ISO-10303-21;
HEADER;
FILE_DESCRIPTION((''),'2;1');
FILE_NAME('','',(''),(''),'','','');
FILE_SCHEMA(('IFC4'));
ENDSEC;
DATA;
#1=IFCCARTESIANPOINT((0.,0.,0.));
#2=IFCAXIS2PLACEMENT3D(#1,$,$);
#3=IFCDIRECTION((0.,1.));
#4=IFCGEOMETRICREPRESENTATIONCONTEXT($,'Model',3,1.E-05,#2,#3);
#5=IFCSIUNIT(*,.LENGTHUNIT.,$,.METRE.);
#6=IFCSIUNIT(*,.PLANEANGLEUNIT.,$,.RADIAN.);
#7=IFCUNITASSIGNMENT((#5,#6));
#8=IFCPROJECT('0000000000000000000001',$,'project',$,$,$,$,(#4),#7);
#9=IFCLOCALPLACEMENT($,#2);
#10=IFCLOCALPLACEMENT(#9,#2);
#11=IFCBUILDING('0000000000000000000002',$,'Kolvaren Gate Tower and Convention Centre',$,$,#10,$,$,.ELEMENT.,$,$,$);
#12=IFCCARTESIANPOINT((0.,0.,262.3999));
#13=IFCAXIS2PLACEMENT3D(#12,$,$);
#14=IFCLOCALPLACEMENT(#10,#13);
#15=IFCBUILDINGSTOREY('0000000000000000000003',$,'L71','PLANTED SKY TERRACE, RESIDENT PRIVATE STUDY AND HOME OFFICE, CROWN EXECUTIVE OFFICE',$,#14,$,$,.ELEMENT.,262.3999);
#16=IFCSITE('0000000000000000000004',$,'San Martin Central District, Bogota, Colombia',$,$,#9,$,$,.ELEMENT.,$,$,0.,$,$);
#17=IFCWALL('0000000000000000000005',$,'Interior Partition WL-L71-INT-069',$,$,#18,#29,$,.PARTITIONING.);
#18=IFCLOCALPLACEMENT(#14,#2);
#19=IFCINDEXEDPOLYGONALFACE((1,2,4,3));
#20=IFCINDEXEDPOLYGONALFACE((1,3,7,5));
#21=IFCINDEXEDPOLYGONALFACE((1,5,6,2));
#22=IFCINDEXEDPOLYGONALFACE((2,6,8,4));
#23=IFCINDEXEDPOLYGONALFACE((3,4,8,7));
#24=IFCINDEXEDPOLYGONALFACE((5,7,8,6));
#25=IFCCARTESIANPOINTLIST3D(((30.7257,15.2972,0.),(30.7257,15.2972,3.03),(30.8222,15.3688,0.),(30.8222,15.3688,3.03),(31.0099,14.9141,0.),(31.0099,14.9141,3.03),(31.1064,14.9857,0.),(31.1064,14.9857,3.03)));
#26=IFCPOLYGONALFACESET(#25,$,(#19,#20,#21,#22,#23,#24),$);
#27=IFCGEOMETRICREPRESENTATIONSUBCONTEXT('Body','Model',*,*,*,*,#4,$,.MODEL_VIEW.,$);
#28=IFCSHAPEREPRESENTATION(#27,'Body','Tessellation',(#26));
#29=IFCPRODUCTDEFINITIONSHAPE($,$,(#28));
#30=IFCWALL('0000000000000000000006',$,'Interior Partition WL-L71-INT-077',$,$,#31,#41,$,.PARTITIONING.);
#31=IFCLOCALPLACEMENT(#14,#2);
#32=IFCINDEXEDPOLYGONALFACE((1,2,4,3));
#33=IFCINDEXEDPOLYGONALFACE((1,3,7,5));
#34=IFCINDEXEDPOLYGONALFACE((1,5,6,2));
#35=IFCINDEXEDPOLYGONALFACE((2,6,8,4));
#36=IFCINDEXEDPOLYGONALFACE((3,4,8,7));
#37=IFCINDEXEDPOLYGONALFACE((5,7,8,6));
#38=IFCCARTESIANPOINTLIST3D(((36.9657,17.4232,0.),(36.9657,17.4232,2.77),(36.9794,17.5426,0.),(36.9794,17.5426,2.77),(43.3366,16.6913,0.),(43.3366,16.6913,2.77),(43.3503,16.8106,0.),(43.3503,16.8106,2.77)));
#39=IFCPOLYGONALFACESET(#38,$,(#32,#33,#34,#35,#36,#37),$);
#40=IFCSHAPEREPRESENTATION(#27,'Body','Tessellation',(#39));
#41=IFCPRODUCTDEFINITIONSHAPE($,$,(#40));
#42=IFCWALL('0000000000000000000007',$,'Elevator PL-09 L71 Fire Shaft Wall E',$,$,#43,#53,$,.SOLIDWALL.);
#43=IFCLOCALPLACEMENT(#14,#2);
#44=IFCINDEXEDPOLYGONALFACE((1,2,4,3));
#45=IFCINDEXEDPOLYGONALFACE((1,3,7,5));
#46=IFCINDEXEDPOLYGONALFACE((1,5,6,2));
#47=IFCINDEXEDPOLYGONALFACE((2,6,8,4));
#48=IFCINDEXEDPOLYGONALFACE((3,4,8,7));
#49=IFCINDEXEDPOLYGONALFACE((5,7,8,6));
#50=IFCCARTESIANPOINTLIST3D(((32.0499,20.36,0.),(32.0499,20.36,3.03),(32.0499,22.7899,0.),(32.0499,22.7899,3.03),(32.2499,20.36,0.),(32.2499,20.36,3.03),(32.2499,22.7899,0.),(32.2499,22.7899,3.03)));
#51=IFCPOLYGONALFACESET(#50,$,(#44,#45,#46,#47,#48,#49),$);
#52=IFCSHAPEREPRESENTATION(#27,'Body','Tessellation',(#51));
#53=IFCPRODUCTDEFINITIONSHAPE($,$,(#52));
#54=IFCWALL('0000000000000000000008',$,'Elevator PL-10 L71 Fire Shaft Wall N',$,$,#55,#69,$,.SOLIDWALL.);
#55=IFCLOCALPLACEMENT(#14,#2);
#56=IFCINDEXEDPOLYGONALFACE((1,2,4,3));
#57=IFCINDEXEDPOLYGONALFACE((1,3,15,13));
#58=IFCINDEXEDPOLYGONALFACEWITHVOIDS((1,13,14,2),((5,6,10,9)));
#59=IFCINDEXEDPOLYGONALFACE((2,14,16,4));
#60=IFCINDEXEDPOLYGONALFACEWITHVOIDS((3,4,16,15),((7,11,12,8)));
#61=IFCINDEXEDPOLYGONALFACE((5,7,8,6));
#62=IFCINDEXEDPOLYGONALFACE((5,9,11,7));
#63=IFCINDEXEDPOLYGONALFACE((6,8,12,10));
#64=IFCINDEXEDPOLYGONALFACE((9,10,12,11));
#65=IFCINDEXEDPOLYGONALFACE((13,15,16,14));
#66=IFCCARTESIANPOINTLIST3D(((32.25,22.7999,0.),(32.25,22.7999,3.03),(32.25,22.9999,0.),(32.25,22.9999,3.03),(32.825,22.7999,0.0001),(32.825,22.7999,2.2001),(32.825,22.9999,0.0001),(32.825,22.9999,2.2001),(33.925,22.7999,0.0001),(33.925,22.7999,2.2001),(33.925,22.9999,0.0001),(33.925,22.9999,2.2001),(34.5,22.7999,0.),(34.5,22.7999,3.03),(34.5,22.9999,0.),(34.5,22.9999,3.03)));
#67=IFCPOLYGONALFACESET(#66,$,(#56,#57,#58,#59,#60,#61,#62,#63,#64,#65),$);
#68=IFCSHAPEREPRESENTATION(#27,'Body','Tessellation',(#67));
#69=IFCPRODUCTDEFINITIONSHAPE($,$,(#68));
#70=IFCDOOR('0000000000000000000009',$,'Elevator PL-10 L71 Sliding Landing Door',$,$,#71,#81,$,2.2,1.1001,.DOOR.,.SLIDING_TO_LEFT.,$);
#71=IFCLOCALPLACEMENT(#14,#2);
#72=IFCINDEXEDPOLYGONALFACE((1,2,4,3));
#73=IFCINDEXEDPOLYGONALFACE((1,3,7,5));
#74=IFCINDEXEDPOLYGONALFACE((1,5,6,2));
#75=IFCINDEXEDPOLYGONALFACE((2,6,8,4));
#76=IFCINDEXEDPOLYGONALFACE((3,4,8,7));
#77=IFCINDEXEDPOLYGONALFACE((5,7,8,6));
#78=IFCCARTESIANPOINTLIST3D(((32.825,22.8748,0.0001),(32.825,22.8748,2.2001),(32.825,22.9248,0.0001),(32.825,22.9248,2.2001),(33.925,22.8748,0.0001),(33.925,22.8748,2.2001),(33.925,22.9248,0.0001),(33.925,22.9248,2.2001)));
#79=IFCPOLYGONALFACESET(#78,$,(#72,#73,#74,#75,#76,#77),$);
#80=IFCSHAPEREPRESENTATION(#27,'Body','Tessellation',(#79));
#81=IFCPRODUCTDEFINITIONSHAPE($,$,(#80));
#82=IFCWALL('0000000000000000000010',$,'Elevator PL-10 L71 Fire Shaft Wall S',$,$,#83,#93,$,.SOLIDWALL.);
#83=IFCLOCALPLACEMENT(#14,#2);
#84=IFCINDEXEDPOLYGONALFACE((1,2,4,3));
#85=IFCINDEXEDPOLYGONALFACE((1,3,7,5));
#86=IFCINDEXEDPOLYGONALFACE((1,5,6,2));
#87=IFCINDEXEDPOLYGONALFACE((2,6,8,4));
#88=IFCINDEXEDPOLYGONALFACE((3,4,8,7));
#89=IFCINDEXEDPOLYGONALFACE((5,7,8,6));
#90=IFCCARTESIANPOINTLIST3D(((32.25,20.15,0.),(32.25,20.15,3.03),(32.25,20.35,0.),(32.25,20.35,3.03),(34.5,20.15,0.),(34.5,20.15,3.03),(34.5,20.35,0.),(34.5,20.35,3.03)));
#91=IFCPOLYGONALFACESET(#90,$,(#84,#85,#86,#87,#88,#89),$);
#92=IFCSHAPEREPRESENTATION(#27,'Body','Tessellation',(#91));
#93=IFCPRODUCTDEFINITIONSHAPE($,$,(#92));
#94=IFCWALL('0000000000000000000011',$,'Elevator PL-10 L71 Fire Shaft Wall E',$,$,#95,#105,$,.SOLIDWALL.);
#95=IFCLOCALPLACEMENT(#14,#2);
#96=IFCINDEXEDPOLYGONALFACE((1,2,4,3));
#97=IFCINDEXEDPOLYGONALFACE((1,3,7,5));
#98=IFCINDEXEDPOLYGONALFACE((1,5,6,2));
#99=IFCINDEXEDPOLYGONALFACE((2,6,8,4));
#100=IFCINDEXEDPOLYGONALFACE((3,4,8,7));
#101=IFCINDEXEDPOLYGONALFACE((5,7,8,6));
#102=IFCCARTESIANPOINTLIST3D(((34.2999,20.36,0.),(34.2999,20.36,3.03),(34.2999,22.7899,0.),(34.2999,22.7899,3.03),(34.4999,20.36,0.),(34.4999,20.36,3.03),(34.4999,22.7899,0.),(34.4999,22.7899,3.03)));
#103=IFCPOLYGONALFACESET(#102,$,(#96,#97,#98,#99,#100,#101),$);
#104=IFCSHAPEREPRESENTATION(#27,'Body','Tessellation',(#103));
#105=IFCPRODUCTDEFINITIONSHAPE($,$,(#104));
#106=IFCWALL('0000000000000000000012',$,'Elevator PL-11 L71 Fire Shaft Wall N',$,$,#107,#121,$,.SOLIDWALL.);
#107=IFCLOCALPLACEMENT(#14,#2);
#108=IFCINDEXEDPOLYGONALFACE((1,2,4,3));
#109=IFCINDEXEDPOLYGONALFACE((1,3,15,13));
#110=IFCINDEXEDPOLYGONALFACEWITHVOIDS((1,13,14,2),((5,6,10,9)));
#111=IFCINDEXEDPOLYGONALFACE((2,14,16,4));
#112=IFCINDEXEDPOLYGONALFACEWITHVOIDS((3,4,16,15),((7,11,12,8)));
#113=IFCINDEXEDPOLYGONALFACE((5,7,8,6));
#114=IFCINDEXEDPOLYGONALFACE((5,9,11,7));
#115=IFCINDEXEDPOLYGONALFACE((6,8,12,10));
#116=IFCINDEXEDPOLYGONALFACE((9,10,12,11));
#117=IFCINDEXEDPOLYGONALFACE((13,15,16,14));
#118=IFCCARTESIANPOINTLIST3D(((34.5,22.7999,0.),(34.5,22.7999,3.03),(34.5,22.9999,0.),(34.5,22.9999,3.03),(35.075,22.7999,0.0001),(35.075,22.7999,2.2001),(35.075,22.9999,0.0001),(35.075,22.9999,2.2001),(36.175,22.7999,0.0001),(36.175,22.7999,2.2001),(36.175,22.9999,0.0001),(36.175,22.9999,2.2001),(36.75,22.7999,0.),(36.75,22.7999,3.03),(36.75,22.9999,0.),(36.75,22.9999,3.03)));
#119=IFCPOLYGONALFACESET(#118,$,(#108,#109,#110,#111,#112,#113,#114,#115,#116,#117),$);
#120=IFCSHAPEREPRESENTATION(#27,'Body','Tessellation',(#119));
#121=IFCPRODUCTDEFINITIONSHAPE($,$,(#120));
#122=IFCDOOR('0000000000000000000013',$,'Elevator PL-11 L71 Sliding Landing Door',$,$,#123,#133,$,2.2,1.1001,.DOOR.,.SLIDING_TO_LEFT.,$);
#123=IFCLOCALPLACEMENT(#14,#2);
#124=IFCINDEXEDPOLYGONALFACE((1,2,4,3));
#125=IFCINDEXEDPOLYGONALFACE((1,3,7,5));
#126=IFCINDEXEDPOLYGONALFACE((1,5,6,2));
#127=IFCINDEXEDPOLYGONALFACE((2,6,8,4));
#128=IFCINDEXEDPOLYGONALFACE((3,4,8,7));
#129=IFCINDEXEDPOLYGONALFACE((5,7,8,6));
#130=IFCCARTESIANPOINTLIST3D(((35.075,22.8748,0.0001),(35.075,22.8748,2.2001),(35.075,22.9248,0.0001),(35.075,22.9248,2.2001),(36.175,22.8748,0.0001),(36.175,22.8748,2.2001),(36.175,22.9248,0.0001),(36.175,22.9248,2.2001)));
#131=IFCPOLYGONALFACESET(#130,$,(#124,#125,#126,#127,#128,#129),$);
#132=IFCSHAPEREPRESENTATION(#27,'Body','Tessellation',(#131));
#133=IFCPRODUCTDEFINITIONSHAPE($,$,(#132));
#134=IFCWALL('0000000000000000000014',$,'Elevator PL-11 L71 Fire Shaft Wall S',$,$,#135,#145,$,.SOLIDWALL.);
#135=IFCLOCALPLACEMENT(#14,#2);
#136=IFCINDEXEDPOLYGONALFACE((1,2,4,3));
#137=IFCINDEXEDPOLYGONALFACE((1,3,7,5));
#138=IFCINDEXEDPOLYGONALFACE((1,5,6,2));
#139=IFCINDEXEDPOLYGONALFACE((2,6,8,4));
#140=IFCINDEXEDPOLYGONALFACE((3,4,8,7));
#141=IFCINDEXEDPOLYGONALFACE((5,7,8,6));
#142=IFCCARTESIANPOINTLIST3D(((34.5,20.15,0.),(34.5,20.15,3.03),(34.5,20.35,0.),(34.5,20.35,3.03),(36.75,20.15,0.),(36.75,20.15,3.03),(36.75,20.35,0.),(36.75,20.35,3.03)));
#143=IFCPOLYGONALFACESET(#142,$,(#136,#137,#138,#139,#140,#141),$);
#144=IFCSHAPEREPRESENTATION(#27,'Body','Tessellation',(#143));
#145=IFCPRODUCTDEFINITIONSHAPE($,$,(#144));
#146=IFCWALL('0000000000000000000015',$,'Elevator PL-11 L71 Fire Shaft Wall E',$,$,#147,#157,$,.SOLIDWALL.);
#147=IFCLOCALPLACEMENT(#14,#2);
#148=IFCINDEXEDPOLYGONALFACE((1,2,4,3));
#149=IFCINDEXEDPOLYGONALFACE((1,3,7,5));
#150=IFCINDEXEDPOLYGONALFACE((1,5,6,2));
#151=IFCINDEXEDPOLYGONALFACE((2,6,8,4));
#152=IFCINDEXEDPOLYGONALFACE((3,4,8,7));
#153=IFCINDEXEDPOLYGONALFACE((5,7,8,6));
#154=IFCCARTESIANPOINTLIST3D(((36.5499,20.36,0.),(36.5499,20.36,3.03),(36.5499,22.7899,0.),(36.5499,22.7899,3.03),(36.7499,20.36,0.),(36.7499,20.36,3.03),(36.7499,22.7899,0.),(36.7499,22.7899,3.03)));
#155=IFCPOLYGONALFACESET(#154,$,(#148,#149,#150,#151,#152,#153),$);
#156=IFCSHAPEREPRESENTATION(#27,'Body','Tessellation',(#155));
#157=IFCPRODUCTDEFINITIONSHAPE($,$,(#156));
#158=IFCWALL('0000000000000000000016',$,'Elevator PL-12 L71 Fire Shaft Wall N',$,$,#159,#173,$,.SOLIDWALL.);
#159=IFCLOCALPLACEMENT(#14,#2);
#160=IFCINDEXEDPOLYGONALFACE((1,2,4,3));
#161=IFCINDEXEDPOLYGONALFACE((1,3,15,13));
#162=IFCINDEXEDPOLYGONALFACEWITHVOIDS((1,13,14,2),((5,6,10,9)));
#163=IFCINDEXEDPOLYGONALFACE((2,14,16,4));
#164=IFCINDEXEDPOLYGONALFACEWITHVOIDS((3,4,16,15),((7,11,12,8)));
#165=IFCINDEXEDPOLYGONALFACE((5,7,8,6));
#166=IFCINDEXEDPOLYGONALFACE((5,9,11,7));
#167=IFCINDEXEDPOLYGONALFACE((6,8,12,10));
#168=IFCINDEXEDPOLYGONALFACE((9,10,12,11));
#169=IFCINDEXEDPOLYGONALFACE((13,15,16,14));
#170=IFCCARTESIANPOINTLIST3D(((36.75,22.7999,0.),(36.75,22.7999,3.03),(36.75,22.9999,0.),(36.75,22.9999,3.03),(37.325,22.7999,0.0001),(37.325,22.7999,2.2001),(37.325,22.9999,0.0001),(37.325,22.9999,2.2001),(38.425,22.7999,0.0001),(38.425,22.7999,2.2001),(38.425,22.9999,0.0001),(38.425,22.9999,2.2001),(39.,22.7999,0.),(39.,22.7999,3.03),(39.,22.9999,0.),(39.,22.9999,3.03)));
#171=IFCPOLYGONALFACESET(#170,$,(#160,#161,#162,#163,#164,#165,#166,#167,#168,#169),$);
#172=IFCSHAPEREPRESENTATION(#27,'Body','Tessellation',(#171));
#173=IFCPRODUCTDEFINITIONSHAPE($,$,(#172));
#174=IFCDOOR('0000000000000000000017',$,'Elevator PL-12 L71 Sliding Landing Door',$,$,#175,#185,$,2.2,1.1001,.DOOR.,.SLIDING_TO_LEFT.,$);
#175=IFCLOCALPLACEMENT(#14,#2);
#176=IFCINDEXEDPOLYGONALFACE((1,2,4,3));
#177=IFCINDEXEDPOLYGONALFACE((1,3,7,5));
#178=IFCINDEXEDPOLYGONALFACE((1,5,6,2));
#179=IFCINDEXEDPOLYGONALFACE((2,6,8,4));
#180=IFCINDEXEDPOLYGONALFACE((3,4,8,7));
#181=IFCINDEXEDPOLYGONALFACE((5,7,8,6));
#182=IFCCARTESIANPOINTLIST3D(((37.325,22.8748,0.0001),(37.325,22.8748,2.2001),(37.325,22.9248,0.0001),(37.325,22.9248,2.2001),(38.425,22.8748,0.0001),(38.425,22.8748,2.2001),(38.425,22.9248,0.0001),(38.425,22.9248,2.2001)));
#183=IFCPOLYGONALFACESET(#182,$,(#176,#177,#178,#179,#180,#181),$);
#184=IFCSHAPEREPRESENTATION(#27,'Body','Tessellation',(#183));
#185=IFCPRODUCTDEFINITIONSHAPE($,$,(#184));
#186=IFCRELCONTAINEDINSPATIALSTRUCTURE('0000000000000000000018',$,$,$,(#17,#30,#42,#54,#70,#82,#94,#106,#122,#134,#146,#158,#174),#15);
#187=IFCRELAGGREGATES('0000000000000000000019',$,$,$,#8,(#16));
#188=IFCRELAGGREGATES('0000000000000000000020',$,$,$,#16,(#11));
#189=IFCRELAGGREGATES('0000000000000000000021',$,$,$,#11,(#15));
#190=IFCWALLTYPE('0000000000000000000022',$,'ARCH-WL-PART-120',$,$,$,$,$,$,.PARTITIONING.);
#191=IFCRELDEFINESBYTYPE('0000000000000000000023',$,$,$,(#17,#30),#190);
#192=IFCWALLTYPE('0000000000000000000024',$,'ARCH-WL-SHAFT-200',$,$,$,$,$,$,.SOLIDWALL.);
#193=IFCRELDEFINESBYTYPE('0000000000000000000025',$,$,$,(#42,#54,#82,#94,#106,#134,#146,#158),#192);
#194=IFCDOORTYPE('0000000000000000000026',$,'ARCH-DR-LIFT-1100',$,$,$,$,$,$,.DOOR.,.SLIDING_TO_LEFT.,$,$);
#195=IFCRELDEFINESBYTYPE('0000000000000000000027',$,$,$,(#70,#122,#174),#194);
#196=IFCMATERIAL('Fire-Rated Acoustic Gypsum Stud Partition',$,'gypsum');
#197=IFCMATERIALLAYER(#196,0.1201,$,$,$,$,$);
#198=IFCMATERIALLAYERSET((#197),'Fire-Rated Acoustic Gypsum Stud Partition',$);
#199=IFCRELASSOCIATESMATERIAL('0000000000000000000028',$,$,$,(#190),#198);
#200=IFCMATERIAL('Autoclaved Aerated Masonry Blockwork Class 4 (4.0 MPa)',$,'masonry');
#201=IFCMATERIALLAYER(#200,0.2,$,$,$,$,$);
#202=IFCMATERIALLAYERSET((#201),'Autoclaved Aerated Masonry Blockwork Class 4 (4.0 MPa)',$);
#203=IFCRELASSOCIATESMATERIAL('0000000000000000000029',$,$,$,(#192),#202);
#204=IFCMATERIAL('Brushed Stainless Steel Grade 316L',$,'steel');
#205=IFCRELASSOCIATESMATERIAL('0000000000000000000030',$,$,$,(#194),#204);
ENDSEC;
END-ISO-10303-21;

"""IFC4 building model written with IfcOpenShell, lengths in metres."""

from ifc_helpers import new_model, si_unit, direction, frame, frame_2d, origin, place, context, subcontext, project, spatial, rectangle, extrude, material, layer, layer_set, type_object, element, fill, save


model = new_model("IFC4")

# Units and contexts
model_context = context("Model", 3, precision=1e-05, world=origin(), true_north=direction((0.0, 1.0)))
body_context = subcontext(model_context, "Body", "Model", "MODEL_VIEW")
ifc_project = project(units=[si_unit("LENGTHUNIT", "METRE"), si_unit("PLANEANGLEUNIT", "RADIAN")], contexts=[model_context])

# Site, building, storey
site_placement = place(None, origin())
site = spatial("IfcSite", under=ifc_project, at=site_placement, Name="San Martin Central District, Bogota, Colombia", CompositionType="ELEMENT", RefElevation=0.0)
building_placement = place(site_placement, origin())
building = spatial("IfcBuilding", under=site, at=building_placement, Name="Kolvaren Gate Tower and Convention Centre", CompositionType="ELEMENT")
storey_placement = place(building_placement, frame((0.0, 0.0, 262.3999)))
storey = spatial("IfcBuildingStorey", under=building, at=storey_placement, Name="L71", Description="PLANTED SKY TERRACE, RESIDENT PRIVATE STUDY AND HOME OFFICE, CROWN EXECUTIVE OFFICE", CompositionType="ELEMENT", Elevation=262.3999)

# Walls
ifc_material_1 = material(Name="Fire-Rated Acoustic Gypsum Stud Partition", Category="gypsum")
ifc_layer_1 = layer(ifc_material_1, 0.1201)
ifc_layer_set_1 = layer_set([ifc_layer_1], Name="Fire-Rated Acoustic Gypsum Stud Partition")
wall_type_1 = type_object("IfcWallType", Name="ARCH-WL-PART-120", PredefinedType="PARTITIONING", material=ifc_layer_set_1)
wall_1_placement = place(storey_placement, frame((30.7739, 15.333, 0.0), z_axis=(0.0, 0.0, 1.0), x_axis=(0.595815, -0.803122, 0.0)))
element("IfcWall", 1, at=wall_1_placement, inside=storey, type_object=wall_type_1, Name="Interior Partition WL-L71-INT-069", PredefinedType="PARTITIONING", context=body_context, shape_type="SweptSolid", body=[
    extrude(rectangle(XDim=0.4771, YDim=0.1201, at=frame_2d((0.2385, 0.0))), origin(), (0.0, 0.0, 1.0), 3.03),
])
wall_2_placement = place(storey_placement, frame((36.9724, 17.4829, 0.0), z_axis=(0.0, 0.0, 1.0), x_axis=(0.993465, -0.114137, 0.0)))
element("IfcWall", 2, at=wall_2_placement, inside=storey, type_object=wall_type_1, Name="Interior Partition WL-L71-INT-077", PredefinedType="PARTITIONING", context=body_context, shape_type="SweptSolid", body=[
    extrude(rectangle(XDim=6.4128, YDim=0.1201, at=frame_2d((3.2065, 0.0))), origin(), (0.0, 0.0, 1.0), 2.77),
])
ifc_material_2 = material(Name="Autoclaved Aerated Masonry Blockwork Class 4 (4.0 MPa)", Category="masonry")
ifc_layer_2 = layer(ifc_material_2, 0.2)
ifc_layer_set_2 = layer_set([ifc_layer_2], Name="Autoclaved Aerated Masonry Blockwork Class 4 (4.0 MPa)")
wall_type_2 = type_object("IfcWallType", Name="ARCH-WL-SHAFT-200", PredefinedType="SOLIDWALL", material=ifc_layer_set_2)
wall_3_placement = place(storey_placement, frame((32.1499, 20.3601, 0.0), z_axis=(0.0, 0.0, 1.0), x_axis=(0.0, 1.0, 0.0)))
element("IfcWall", 3, at=wall_3_placement, inside=storey, type_object=wall_type_2, Name="Elevator PL-09 L71 Fire Shaft Wall E", PredefinedType="SOLIDWALL", context=body_context, shape_type="SweptSolid", body=[
    extrude(rectangle(XDim=2.4299, YDim=0.2, at=frame_2d((1.2148, 0.0))), origin(), (0.0, 0.0, 1.0), 3.03),
])

# Wall, opening, door
wall_4_placement = place(storey_placement, frame((32.25, 22.8999, 0.0), z_axis=(0.0, 0.0, 1.0), x_axis=(1.0, 0.0, 0.0)))
wall_4 = element("IfcWall", 4, at=wall_4_placement, inside=storey, type_object=wall_type_2, Name="Elevator PL-10 L71 Fire Shaft Wall N", PredefinedType="SOLIDWALL", context=body_context, shape_type="SweptSolid", body=[
    extrude(rectangle(XDim=2.25, YDim=0.2, at=frame_2d((1.125, 0.0))), origin(), (0.0, 0.0, 1.0), 3.03),
])
opening_1_placement = place(wall_4_placement, frame((0.575, 0.0, 0.0)))
opening_1 = element("IfcOpeningElement", 5, at=opening_1_placement, cuts=wall_4, PredefinedType="OPENING", context=body_context, shape_type="SweptSolid", body=[
    extrude(rectangle(XDim=1.1001, YDim=2.2, at=frame_2d((0.55, 1.1001))), frame((0.0, 0.1099, 0.0), z_axis=(0.0, -1.0, 0.0), x_axis=(1.0, 0.0, 0.0)), (0.0, 0.0, 1.0), 0.22),
])
ifc_material_3 = material(Name="Brushed Stainless Steel Grade 316L", Category="steel")
door_type_1 = type_object("IfcDoorType", Name="ARCH-DR-LIFT-1100", OperationType="SLIDING_TO_LEFT", PredefinedType="DOOR", material=ifc_material_3)
door_1_placement = place(opening_1_placement, origin())
door_1 = element("IfcDoor", 6, at=door_1_placement, inside=storey, type_object=door_type_1, Name="Elevator PL-10 L71 Sliding Landing Door", OperationType="SLIDING_TO_LEFT", OverallHeight=2.2, OverallWidth=1.1001, PredefinedType="DOOR", context=body_context, shape_type="SweptSolid", body=[
    extrude(rectangle(XDim=1.1001, YDim=2.2, at=frame_2d((0.55, 1.1001))), frame((0.0, 0.0249, 0.0), z_axis=(0.0, -1.0, 0.0), x_axis=(1.0, 0.0, 0.0)), (0.0, 0.0, 1.0), 0.05),
])
fill(opening_1, door_1)

# Walls
wall_5_placement = place(storey_placement, frame((32.25, 20.25, 0.0), z_axis=(0.0, 0.0, 1.0), x_axis=(1.0, 0.0, 0.0)))
element("IfcWall", 7, at=wall_5_placement, inside=storey, type_object=wall_type_2, Name="Elevator PL-10 L71 Fire Shaft Wall S", PredefinedType="SOLIDWALL", context=body_context, shape_type="SweptSolid", body=[
    extrude(rectangle(XDim=2.25, YDim=0.2, at=frame_2d((1.125, 0.0))), origin(), (0.0, 0.0, 1.0), 3.03),
])
wall_6_placement = place(storey_placement, frame((34.3999, 20.3601, 0.0), z_axis=(0.0, 0.0, 1.0), x_axis=(0.0, 1.0, 0.0)))
element("IfcWall", 8, at=wall_6_placement, inside=storey, type_object=wall_type_2, Name="Elevator PL-10 L71 Fire Shaft Wall E", PredefinedType="SOLIDWALL", context=body_context, shape_type="SweptSolid", body=[
    extrude(rectangle(XDim=2.4299, YDim=0.2, at=frame_2d((1.2148, 0.0))), origin(), (0.0, 0.0, 1.0), 3.03),
])

# Wall, opening, door
wall_7_placement = place(storey_placement, frame((34.5, 22.8999, 0.0), z_axis=(0.0, 0.0, 1.0), x_axis=(1.0, 0.0, 0.0)))
wall_7 = element("IfcWall", 9, at=wall_7_placement, inside=storey, type_object=wall_type_2, Name="Elevator PL-11 L71 Fire Shaft Wall N", PredefinedType="SOLIDWALL", context=body_context, shape_type="SweptSolid", body=[
    extrude(rectangle(XDim=2.25, YDim=0.2, at=frame_2d((1.125, 0.0))), origin(), (0.0, 0.0, 1.0), 3.03),
])
opening_2_placement = place(wall_7_placement, frame((0.575, 0.0, 0.0)))
opening_2 = element("IfcOpeningElement", 10, at=opening_2_placement, cuts=wall_7, PredefinedType="OPENING", context=body_context, shape_type="SweptSolid", body=[
    extrude(rectangle(XDim=1.1001, YDim=2.2, at=frame_2d((0.55, 1.1001))), frame((0.0, 0.1099, 0.0), z_axis=(0.0, -1.0, 0.0), x_axis=(1.0, 0.0, 0.0)), (0.0, 0.0, 1.0), 0.22),
])
door_2_placement = place(opening_2_placement, origin())
door_2 = element("IfcDoor", 11, at=door_2_placement, inside=storey, type_object=door_type_1, Name="Elevator PL-11 L71 Sliding Landing Door", OperationType="SLIDING_TO_LEFT", OverallHeight=2.2, OverallWidth=1.1001, PredefinedType="DOOR", context=body_context, shape_type="SweptSolid", body=[
    extrude(rectangle(XDim=1.1001, YDim=2.2, at=frame_2d((0.55, 1.1001))), frame((0.0, 0.0249, 0.0), z_axis=(0.0, -1.0, 0.0), x_axis=(1.0, 0.0, 0.0)), (0.0, 0.0, 1.0), 0.05),
])
fill(opening_2, door_2)

# Walls
wall_8_placement = place(storey_placement, frame((34.5, 20.25, 0.0), z_axis=(0.0, 0.0, 1.0), x_axis=(1.0, 0.0, 0.0)))
element("IfcWall", 12, at=wall_8_placement, inside=storey, type_object=wall_type_2, Name="Elevator PL-11 L71 Fire Shaft Wall S", PredefinedType="SOLIDWALL", context=body_context, shape_type="SweptSolid", body=[
    extrude(rectangle(XDim=2.25, YDim=0.2, at=frame_2d((1.125, 0.0))), origin(), (0.0, 0.0, 1.0), 3.03),
])
wall_9_placement = place(storey_placement, frame((36.6499, 20.3601, 0.0), z_axis=(0.0, 0.0, 1.0), x_axis=(0.0, 1.0, 0.0)))
element("IfcWall", 13, at=wall_9_placement, inside=storey, type_object=wall_type_2, Name="Elevator PL-11 L71 Fire Shaft Wall E", PredefinedType="SOLIDWALL", context=body_context, shape_type="SweptSolid", body=[
    extrude(rectangle(XDim=2.4299, YDim=0.2, at=frame_2d((1.2148, 0.0))), origin(), (0.0, 0.0, 1.0), 3.03),
])

# Wall, opening, door
wall_10_placement = place(storey_placement, frame((36.75, 22.8999, 0.0), z_axis=(0.0, 0.0, 1.0), x_axis=(1.0, 0.0, 0.0)))
wall_10 = element("IfcWall", 14, at=wall_10_placement, inside=storey, type_object=wall_type_2, Name="Elevator PL-12 L71 Fire Shaft Wall N", PredefinedType="SOLIDWALL", context=body_context, shape_type="SweptSolid", body=[
    extrude(rectangle(XDim=2.25, YDim=0.2, at=frame_2d((1.125, 0.0))), origin(), (0.0, 0.0, 1.0), 3.03),
])
opening_3_placement = place(wall_10_placement, frame((0.575, 0.0, 0.0)))
opening_3 = element("IfcOpeningElement", 15, at=opening_3_placement, cuts=wall_10, PredefinedType="OPENING", context=body_context, shape_type="SweptSolid", body=[
    extrude(rectangle(XDim=1.1001, YDim=2.2, at=frame_2d((0.55, 1.1001))), frame((0.0, 0.1099, 0.0), z_axis=(0.0, -1.0, 0.0), x_axis=(1.0, 0.0, 0.0)), (0.0, 0.0, 1.0), 0.22),
])
door_3_placement = place(opening_3_placement, origin())
door_3 = element("IfcDoor", 16, at=door_3_placement, inside=storey, type_object=door_type_1, Name="Elevator PL-12 L71 Sliding Landing Door", OperationType="SLIDING_TO_LEFT", OverallHeight=2.2, OverallWidth=1.1001, PredefinedType="DOOR", context=body_context, shape_type="SweptSolid", body=[
    extrude(rectangle(XDim=1.1001, YDim=2.2, at=frame_2d((0.55, 1.1001))), frame((0.0, 0.0249, 0.0), z_axis=(0.0, -1.0, 0.0), x_axis=(1.0, 0.0, 0.0)), (0.0, 0.0, 1.0), 0.05),
])
fill(opening_3, door_3)

save(model, "model.ifc")
